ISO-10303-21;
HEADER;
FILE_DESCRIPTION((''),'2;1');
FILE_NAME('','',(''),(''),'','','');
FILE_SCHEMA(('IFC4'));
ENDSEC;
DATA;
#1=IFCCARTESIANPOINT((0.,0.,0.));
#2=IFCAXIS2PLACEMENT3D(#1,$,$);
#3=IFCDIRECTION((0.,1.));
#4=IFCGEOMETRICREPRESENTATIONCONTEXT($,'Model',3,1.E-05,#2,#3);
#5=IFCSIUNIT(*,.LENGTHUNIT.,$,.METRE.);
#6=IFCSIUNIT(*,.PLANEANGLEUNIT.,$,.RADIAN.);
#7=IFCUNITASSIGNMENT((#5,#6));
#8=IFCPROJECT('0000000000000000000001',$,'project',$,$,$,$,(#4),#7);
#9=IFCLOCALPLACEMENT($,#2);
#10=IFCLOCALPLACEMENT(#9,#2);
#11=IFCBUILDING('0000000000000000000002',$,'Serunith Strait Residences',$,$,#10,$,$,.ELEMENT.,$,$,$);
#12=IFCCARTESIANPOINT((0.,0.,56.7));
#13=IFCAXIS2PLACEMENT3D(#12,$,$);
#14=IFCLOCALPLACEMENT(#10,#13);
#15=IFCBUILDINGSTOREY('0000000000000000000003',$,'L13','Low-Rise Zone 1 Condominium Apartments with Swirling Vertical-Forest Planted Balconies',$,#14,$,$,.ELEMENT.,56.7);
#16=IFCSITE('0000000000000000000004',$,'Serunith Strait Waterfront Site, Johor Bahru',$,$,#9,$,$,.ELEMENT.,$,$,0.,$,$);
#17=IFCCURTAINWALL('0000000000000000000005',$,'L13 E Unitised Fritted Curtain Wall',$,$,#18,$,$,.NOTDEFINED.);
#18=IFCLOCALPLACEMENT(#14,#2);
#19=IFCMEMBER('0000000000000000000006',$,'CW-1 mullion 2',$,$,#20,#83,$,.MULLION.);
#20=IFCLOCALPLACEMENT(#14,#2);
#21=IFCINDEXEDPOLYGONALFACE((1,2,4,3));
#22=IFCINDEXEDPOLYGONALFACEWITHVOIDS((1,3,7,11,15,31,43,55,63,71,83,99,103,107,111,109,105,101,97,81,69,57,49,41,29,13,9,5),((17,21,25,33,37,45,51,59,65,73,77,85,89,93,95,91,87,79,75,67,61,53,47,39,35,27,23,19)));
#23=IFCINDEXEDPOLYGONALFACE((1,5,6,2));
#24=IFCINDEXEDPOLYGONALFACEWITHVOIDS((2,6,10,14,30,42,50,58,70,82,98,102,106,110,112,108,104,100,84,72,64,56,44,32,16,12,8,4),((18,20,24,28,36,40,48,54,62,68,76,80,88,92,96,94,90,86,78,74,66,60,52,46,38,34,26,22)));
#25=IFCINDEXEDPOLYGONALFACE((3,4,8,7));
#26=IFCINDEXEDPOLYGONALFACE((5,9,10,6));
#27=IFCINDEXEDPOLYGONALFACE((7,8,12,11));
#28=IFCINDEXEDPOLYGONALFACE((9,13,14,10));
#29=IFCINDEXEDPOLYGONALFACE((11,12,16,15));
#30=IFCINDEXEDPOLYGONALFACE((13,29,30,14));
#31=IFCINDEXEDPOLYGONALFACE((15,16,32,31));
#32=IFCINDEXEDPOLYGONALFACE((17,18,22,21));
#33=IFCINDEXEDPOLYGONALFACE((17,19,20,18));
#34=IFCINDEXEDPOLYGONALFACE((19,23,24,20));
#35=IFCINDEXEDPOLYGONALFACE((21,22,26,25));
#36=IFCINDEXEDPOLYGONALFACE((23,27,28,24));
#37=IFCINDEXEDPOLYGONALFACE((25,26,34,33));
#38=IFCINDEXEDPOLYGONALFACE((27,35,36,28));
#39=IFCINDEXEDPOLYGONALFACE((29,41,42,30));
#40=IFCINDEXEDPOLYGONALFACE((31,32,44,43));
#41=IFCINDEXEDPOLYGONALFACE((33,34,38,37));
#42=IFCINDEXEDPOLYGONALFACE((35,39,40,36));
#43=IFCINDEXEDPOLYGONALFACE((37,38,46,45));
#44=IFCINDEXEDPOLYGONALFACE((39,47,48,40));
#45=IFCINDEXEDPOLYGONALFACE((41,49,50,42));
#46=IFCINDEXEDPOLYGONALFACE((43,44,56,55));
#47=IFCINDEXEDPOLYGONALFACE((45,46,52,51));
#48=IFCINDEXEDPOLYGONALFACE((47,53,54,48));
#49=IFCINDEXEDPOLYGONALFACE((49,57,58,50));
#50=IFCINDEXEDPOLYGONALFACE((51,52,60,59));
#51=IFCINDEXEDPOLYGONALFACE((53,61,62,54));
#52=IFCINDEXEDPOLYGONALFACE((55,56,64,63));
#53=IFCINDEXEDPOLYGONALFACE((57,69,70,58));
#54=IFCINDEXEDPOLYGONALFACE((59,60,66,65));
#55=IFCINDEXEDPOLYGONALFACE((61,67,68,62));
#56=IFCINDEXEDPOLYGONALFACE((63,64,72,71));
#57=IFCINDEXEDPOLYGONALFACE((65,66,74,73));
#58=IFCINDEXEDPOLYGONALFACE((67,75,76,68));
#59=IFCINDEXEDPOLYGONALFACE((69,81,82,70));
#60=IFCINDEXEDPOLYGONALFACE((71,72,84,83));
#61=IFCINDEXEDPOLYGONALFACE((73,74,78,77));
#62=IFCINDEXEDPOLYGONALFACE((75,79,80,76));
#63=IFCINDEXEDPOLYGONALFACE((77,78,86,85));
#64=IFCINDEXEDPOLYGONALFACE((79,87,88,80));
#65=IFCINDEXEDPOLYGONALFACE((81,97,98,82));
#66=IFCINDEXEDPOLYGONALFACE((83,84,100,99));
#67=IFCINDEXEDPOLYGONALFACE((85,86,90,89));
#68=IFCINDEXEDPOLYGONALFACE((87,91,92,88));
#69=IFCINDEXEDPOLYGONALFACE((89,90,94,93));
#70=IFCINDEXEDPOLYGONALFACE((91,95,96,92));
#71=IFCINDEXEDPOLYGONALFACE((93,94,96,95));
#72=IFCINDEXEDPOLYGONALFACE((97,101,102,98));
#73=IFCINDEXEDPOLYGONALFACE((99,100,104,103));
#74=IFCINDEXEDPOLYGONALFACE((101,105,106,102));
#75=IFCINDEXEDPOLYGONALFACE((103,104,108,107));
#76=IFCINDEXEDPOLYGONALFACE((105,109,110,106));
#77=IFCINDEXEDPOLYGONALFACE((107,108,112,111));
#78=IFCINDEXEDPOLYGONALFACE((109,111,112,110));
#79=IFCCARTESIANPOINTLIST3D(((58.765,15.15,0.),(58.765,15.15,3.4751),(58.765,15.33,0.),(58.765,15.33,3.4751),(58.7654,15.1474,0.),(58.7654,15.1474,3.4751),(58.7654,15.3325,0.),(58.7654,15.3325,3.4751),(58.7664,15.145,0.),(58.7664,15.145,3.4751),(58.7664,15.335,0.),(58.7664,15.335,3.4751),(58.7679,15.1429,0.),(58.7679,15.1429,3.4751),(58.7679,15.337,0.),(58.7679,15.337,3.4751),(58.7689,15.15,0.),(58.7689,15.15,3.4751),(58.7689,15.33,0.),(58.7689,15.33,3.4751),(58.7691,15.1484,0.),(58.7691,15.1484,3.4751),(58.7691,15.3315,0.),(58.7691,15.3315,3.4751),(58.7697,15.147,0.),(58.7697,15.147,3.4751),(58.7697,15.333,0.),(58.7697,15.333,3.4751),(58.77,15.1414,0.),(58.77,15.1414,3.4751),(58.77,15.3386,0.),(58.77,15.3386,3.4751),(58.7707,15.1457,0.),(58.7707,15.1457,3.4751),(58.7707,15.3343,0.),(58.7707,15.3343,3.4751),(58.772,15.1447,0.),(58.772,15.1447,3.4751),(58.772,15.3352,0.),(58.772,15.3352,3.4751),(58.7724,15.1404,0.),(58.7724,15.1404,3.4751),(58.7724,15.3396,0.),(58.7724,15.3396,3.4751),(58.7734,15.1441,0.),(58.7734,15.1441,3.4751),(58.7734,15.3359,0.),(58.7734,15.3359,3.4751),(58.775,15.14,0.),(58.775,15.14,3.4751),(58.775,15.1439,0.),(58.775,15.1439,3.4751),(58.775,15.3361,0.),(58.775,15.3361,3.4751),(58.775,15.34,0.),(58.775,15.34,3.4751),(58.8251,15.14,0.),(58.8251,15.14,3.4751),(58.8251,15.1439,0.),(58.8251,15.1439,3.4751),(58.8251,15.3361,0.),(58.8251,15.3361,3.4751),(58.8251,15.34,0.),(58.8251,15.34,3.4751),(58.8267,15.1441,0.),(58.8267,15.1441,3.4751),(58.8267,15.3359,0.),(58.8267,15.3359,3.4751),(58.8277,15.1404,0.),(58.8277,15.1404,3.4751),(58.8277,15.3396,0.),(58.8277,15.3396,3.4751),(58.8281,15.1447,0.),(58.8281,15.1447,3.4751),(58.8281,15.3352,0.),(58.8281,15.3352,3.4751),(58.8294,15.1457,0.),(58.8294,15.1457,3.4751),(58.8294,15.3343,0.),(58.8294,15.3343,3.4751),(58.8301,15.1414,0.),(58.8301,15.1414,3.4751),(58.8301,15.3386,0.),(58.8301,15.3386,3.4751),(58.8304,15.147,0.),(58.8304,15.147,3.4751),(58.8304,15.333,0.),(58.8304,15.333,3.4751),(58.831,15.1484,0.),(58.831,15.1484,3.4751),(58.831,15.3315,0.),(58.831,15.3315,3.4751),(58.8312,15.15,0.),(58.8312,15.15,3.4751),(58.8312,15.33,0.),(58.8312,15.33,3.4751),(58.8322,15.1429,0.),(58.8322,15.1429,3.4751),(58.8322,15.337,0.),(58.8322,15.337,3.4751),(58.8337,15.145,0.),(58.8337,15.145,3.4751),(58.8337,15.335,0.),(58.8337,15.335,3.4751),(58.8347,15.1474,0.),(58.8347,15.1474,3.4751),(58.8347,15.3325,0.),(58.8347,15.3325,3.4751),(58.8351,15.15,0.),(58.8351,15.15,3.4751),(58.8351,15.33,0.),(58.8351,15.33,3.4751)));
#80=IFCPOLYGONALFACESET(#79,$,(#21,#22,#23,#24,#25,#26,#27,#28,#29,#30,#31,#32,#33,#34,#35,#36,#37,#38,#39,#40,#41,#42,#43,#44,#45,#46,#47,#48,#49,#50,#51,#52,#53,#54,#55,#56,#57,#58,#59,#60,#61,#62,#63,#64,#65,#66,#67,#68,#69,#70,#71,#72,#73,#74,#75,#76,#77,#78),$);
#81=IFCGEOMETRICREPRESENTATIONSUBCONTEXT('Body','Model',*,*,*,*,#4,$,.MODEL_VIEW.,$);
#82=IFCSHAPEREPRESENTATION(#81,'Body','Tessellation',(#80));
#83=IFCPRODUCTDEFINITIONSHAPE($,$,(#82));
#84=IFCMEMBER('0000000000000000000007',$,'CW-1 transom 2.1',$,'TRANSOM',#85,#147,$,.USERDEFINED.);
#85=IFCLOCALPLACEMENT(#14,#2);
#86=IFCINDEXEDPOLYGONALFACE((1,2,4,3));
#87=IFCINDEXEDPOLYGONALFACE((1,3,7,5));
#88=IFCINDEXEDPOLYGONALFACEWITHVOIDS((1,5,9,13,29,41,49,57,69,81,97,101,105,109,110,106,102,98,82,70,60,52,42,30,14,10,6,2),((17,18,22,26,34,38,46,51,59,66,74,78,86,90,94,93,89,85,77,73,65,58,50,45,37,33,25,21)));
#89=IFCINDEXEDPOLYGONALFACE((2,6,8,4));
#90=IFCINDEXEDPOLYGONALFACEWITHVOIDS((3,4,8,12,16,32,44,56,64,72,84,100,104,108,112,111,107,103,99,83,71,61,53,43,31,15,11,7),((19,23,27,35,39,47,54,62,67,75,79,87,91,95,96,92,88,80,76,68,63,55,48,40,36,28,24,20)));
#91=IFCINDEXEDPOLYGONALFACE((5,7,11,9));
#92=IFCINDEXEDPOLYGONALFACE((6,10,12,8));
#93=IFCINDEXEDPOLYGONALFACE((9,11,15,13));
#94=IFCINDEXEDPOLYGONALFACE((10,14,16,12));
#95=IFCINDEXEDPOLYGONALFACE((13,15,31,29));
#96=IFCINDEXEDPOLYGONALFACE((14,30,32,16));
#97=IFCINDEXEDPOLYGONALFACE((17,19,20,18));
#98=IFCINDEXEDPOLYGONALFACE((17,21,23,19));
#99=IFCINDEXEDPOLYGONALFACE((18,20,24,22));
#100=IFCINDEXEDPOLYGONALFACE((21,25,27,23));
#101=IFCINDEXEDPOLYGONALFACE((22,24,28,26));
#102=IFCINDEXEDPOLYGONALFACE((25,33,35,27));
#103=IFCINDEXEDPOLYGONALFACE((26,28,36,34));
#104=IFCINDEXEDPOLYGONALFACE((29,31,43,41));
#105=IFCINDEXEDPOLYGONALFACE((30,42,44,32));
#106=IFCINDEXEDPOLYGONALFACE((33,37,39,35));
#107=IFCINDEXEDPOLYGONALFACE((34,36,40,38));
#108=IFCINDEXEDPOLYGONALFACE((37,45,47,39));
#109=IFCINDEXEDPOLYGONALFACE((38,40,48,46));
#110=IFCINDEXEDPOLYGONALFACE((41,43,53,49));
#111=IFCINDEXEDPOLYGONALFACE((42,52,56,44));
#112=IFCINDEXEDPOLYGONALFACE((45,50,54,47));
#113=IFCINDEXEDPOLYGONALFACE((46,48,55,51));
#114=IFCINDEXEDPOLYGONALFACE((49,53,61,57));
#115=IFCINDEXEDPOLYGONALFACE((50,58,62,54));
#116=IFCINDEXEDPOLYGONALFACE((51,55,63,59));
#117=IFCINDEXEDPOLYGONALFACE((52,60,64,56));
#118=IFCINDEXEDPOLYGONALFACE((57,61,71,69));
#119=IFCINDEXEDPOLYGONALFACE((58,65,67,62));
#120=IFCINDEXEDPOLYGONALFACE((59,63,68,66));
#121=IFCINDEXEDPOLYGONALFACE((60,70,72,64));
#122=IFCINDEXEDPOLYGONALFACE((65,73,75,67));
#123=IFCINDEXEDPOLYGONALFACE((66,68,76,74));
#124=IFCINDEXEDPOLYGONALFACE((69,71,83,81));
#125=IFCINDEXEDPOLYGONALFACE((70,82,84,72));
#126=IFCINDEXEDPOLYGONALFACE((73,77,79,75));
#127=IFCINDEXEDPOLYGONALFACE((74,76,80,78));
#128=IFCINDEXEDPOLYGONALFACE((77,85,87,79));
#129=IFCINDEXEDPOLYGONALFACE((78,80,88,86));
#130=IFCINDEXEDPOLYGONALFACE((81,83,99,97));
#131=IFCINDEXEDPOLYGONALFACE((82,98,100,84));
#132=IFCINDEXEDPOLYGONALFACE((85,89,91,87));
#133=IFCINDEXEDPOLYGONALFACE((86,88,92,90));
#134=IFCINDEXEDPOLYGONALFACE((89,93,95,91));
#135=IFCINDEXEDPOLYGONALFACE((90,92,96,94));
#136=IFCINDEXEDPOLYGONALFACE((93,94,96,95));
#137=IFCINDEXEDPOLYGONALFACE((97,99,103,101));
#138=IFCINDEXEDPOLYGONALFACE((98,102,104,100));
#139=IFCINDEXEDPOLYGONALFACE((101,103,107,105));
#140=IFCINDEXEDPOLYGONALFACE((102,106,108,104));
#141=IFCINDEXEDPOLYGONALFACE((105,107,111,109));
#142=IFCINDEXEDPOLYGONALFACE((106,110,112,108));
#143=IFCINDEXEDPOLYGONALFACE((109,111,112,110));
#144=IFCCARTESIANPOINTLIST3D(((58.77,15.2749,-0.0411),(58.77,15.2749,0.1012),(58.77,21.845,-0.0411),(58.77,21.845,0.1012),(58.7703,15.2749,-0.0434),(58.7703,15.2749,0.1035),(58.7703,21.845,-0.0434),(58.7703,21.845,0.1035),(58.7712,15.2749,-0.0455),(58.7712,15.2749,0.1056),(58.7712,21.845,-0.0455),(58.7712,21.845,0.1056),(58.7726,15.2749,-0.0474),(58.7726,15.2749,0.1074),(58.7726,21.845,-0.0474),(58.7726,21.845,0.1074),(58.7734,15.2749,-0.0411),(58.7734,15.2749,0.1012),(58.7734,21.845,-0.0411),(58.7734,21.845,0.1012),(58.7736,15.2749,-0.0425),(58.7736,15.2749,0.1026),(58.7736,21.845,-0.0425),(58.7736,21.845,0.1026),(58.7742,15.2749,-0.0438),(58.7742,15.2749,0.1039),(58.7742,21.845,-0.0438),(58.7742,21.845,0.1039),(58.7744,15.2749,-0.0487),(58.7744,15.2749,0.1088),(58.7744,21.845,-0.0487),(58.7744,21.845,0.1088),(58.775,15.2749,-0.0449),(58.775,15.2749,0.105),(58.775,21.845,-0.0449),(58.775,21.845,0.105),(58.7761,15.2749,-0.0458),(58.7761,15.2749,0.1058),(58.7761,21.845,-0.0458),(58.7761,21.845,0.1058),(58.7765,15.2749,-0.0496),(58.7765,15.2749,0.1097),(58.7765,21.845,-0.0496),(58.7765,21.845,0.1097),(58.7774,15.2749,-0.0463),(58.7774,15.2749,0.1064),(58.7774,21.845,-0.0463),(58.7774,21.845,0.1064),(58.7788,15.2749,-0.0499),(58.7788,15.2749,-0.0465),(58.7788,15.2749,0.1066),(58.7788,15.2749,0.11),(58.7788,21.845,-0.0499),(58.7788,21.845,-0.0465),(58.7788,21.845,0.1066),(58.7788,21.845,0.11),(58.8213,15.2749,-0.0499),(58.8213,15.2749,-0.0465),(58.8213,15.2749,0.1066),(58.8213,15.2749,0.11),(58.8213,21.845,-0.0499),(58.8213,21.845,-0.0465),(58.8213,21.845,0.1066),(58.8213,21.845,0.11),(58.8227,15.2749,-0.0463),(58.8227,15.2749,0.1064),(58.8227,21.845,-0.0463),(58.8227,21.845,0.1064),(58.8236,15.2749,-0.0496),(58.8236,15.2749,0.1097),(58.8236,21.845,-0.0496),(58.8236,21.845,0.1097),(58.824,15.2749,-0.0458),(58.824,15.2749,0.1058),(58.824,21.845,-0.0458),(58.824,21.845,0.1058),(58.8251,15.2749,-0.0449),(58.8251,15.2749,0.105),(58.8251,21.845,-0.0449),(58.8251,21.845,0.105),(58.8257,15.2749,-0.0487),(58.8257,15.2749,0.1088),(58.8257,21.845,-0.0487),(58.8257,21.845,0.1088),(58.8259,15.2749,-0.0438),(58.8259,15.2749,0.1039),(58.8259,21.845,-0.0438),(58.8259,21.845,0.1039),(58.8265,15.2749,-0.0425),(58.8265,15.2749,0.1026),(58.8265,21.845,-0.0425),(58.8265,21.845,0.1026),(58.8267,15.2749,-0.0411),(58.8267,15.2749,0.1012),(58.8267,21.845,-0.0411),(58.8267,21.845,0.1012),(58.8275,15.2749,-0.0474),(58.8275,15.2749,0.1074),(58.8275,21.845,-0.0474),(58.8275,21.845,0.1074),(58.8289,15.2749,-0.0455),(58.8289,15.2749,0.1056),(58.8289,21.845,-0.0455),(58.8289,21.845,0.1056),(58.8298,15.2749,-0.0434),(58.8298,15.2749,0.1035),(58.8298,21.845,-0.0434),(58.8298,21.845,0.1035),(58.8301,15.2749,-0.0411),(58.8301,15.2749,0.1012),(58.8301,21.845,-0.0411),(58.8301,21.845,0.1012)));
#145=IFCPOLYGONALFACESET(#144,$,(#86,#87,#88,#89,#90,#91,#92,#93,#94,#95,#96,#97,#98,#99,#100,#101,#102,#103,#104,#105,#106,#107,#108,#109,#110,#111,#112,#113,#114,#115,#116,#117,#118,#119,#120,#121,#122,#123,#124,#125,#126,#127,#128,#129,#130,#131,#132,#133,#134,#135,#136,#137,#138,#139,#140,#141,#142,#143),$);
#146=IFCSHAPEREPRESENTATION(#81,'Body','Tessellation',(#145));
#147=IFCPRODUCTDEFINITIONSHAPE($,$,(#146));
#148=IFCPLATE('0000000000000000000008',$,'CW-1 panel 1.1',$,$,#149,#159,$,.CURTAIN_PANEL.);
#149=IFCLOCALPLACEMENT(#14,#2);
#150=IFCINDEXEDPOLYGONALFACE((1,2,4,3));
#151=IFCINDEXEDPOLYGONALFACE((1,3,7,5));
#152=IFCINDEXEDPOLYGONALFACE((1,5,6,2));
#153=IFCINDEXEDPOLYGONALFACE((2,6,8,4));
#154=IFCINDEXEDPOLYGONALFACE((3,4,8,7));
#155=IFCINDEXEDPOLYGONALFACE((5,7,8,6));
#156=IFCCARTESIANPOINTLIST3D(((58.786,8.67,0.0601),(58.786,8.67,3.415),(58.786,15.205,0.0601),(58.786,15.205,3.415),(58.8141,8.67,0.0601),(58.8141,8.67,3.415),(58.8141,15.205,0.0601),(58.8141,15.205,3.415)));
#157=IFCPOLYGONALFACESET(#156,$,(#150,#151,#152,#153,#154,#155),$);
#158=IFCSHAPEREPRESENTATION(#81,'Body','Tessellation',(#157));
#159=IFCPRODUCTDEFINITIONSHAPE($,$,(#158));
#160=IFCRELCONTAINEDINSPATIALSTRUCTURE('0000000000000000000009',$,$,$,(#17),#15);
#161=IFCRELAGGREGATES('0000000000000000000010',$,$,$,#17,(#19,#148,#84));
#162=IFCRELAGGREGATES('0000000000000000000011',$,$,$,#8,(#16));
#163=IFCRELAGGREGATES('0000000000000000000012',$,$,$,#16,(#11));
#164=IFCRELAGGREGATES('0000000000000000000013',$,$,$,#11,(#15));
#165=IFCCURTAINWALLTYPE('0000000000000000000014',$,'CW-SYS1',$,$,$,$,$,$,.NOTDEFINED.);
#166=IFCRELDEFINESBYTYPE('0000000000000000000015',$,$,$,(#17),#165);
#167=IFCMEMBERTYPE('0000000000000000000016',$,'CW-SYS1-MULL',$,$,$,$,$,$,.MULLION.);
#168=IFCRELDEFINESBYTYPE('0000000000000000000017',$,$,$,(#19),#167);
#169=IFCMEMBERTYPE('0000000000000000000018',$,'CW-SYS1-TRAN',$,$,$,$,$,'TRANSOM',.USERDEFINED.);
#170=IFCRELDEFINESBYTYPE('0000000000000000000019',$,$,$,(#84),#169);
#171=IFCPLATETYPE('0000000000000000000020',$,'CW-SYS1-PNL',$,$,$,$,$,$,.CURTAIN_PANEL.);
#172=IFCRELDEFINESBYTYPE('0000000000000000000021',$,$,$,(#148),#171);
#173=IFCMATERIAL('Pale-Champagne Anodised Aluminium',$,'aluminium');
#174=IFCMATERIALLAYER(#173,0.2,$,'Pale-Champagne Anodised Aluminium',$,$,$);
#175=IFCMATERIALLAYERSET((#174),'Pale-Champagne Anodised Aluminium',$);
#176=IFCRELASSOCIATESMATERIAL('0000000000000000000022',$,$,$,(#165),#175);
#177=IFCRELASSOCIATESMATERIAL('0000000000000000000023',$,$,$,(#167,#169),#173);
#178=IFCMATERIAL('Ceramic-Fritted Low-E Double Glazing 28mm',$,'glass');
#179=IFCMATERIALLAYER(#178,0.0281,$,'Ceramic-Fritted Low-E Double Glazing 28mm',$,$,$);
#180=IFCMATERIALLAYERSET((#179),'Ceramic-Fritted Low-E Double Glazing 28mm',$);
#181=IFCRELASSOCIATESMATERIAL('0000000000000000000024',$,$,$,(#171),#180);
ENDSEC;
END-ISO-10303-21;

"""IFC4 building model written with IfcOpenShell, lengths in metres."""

from ifc_helpers import new_model, si_unit, direction, frame, origin, origin_2d, place, context, subcontext, project, spatial, rectangle, hollow_rectangle, extrude, source, transform, mapped, material, layer, layer_set, material_profile, profile_set, type_object, element, aggregate, save


model = new_model("IFC4")

# Units and contexts
model_context = context("Model", 3, precision=1e-05, world=origin(), true_north=direction((0.0, 1.0)))
body_context = subcontext(model_context, "Body", "Model", "MODEL_VIEW")
ifc_project = project(units=[si_unit("LENGTHUNIT", "METRE"), si_unit("PLANEANGLEUNIT", "RADIAN")], contexts=[model_context])

# Site, building, storey
site_placement = place(None, origin())
site = spatial("IfcSite", under=ifc_project, at=site_placement, Name="Serunith Strait Waterfront Site, Johor Bahru", CompositionType="ELEMENT", RefElevation=0.0)
building_placement = place(site_placement, origin())
building = spatial("IfcBuilding", under=site, at=building_placement, Name="Serunith Strait Residences", CompositionType="ELEMENT")
storey_placement = place(building_placement, frame((0.0, 0.0, 56.7)))
storey = spatial("IfcBuildingStorey", under=building, at=storey_placement, Name="L13", Description="Low-Rise Zone 1 Condominium Apartments with Swirling Vertical-Forest Planted Balconies", CompositionType="ELEMENT", Elevation=56.7)

# Curtain wall, members, plate
ifc_material_1 = material(Name="Pale-Champagne Anodised Aluminium", Category="aluminium")
ifc_layer_1 = layer(ifc_material_1, 0.2, Name="Pale-Champagne Anodised Aluminium")
ifc_layer_set_1 = layer_set([ifc_layer_1], Name="Pale-Champagne Anodised Aluminium")
curtain_wall_type = type_object("IfcCurtainWallType", Name="CW-SYS1", PredefinedType="NOTDEFINED", material=ifc_layer_set_1)
curtain_wall_placement = place(storey_placement, origin())
curtain_wall = element("IfcCurtainWall", 1, at=curtain_wall_placement, inside=storey, type_object=curtain_wall_type, Name="L13 E Unitised Fritted Curtain Wall", PredefinedType="NOTDEFINED")
ifc_material_profile_1 = material_profile(ifc_material_1, hollow_rectangle(XDim=0.0701, YDim=0.2, WallThickness=0.0039, InnerFilletRadius=0.0061, OuterFilletRadius=0.01, at=origin_2d()), Name="ALU 200x70x4")
ifc_profile_set_1 = profile_set([ifc_material_profile_1], Name="Pale-Champagne Anodised Aluminium")
member_type_1 = type_object("IfcMemberType", Name="CW-SYS1-MULL", PredefinedType="MULLION", material=ifc_profile_set_1)
shared_shape_1 = source(origin(), body_context, "Body", "SweptSolid", [
    extrude(hollow_rectangle(XDim=0.0701, YDim=0.2, WallThickness=0.0039, InnerFilletRadius=0.0061, OuterFilletRadius=0.01, at=origin_2d()), origin(), (0.0, 0.0, 1.0), 3.4751),
])
member_1_placement = place(storey_placement, frame((58.8, 15.24, 0.0), z_axis=(0.0, 0.0, 1.0), x_axis=(-1.0, 0.0, 0.0)))
member_1 = element("IfcMember", 2, at=member_1_placement, type_object=member_type_1, Name="CW-1 mullion 2", PredefinedType="MULLION", context=body_context, shape_type="MappedRepresentation", body=[
    mapped(shared_shape_1, transform((0.0, 0.0, 0.0), scale=1.0)),
])
ifc_material_profile_2 = material_profile(ifc_material_1, hollow_rectangle(XDim=0.0601, YDim=0.1599, WallThickness=0.0034, InnerFilletRadius=0.0054, OuterFilletRadius=0.0088, at=origin_2d()), Name="ALU 160x60x3.5")
ifc_profile_set_2 = profile_set([ifc_material_profile_2], Name="Pale-Champagne Anodised Aluminium")
member_type_2 = type_object("IfcMemberType", Name="CW-SYS1-TRAN", ElementType="TRANSOM", PredefinedType="USERDEFINED", material=ifc_profile_set_2)
shared_shape_2 = source(origin(), body_context, "Body", "SweptSolid", [
    extrude(hollow_rectangle(XDim=0.0601, YDim=0.1599, WallThickness=0.0034, InnerFilletRadius=0.0054, OuterFilletRadius=0.0088, at=origin_2d()), origin(), (0.0, 0.0, 1.0), 6.5701),
])
member_2_placement = place(storey_placement, frame((58.8, 15.2749, 0.03), z_axis=(0.0, 1.0, 0.0), x_axis=(-1.0, 0.0, 0.0)))
member_2 = element("IfcMember", 3, at=member_2_placement, type_object=member_type_2, Name="CW-1 transom 2.1", ObjectType="TRANSOM", PredefinedType="USERDEFINED", context=body_context, shape_type="MappedRepresentation", body=[
    mapped(shared_shape_2, transform((0.0, 0.0, 0.0), scale=1.0)),
])
ifc_material_2 = material(Name="Ceramic-Fritted Low-E Double Glazing 28mm", Category="glass")
ifc_layer_2 = layer(ifc_material_2, 0.0281, Name="Ceramic-Fritted Low-E Double Glazing 28mm")
ifc_layer_set_2 = layer_set([ifc_layer_2], Name="Ceramic-Fritted Low-E Double Glazing 28mm")
plate_type = type_object("IfcPlateType", Name="CW-SYS1-PNL", PredefinedType="CURTAIN_PANEL", material=ifc_layer_set_2)
shared_shape_3 = source(origin(), body_context, "Body", "SweptSolid", [
    extrude(rectangle(XDim=6.5349, YDim=0.0281, at=origin_2d()), origin(), (0.0, 0.0, 1.0), 3.355),
])
plate_placement = place(storey_placement, frame((58.8, 11.9375, 0.0601), z_axis=(0.0, 0.0, 1.0), x_axis=(0.0, 1.0, 0.0)))
plate = element("IfcPlate", 4, at=plate_placement, type_object=plate_type, Name="CW-1 panel 1.1", PredefinedType="CURTAIN_PANEL", context=body_context, shape_type="MappedRepresentation", body=[
    mapped(shared_shape_3, transform((0.0, 0.0, 0.0), scale=1.0)),
])
aggregate(curtain_wall, [member_1, plate, member_2])

save(model, "model.ifc")
